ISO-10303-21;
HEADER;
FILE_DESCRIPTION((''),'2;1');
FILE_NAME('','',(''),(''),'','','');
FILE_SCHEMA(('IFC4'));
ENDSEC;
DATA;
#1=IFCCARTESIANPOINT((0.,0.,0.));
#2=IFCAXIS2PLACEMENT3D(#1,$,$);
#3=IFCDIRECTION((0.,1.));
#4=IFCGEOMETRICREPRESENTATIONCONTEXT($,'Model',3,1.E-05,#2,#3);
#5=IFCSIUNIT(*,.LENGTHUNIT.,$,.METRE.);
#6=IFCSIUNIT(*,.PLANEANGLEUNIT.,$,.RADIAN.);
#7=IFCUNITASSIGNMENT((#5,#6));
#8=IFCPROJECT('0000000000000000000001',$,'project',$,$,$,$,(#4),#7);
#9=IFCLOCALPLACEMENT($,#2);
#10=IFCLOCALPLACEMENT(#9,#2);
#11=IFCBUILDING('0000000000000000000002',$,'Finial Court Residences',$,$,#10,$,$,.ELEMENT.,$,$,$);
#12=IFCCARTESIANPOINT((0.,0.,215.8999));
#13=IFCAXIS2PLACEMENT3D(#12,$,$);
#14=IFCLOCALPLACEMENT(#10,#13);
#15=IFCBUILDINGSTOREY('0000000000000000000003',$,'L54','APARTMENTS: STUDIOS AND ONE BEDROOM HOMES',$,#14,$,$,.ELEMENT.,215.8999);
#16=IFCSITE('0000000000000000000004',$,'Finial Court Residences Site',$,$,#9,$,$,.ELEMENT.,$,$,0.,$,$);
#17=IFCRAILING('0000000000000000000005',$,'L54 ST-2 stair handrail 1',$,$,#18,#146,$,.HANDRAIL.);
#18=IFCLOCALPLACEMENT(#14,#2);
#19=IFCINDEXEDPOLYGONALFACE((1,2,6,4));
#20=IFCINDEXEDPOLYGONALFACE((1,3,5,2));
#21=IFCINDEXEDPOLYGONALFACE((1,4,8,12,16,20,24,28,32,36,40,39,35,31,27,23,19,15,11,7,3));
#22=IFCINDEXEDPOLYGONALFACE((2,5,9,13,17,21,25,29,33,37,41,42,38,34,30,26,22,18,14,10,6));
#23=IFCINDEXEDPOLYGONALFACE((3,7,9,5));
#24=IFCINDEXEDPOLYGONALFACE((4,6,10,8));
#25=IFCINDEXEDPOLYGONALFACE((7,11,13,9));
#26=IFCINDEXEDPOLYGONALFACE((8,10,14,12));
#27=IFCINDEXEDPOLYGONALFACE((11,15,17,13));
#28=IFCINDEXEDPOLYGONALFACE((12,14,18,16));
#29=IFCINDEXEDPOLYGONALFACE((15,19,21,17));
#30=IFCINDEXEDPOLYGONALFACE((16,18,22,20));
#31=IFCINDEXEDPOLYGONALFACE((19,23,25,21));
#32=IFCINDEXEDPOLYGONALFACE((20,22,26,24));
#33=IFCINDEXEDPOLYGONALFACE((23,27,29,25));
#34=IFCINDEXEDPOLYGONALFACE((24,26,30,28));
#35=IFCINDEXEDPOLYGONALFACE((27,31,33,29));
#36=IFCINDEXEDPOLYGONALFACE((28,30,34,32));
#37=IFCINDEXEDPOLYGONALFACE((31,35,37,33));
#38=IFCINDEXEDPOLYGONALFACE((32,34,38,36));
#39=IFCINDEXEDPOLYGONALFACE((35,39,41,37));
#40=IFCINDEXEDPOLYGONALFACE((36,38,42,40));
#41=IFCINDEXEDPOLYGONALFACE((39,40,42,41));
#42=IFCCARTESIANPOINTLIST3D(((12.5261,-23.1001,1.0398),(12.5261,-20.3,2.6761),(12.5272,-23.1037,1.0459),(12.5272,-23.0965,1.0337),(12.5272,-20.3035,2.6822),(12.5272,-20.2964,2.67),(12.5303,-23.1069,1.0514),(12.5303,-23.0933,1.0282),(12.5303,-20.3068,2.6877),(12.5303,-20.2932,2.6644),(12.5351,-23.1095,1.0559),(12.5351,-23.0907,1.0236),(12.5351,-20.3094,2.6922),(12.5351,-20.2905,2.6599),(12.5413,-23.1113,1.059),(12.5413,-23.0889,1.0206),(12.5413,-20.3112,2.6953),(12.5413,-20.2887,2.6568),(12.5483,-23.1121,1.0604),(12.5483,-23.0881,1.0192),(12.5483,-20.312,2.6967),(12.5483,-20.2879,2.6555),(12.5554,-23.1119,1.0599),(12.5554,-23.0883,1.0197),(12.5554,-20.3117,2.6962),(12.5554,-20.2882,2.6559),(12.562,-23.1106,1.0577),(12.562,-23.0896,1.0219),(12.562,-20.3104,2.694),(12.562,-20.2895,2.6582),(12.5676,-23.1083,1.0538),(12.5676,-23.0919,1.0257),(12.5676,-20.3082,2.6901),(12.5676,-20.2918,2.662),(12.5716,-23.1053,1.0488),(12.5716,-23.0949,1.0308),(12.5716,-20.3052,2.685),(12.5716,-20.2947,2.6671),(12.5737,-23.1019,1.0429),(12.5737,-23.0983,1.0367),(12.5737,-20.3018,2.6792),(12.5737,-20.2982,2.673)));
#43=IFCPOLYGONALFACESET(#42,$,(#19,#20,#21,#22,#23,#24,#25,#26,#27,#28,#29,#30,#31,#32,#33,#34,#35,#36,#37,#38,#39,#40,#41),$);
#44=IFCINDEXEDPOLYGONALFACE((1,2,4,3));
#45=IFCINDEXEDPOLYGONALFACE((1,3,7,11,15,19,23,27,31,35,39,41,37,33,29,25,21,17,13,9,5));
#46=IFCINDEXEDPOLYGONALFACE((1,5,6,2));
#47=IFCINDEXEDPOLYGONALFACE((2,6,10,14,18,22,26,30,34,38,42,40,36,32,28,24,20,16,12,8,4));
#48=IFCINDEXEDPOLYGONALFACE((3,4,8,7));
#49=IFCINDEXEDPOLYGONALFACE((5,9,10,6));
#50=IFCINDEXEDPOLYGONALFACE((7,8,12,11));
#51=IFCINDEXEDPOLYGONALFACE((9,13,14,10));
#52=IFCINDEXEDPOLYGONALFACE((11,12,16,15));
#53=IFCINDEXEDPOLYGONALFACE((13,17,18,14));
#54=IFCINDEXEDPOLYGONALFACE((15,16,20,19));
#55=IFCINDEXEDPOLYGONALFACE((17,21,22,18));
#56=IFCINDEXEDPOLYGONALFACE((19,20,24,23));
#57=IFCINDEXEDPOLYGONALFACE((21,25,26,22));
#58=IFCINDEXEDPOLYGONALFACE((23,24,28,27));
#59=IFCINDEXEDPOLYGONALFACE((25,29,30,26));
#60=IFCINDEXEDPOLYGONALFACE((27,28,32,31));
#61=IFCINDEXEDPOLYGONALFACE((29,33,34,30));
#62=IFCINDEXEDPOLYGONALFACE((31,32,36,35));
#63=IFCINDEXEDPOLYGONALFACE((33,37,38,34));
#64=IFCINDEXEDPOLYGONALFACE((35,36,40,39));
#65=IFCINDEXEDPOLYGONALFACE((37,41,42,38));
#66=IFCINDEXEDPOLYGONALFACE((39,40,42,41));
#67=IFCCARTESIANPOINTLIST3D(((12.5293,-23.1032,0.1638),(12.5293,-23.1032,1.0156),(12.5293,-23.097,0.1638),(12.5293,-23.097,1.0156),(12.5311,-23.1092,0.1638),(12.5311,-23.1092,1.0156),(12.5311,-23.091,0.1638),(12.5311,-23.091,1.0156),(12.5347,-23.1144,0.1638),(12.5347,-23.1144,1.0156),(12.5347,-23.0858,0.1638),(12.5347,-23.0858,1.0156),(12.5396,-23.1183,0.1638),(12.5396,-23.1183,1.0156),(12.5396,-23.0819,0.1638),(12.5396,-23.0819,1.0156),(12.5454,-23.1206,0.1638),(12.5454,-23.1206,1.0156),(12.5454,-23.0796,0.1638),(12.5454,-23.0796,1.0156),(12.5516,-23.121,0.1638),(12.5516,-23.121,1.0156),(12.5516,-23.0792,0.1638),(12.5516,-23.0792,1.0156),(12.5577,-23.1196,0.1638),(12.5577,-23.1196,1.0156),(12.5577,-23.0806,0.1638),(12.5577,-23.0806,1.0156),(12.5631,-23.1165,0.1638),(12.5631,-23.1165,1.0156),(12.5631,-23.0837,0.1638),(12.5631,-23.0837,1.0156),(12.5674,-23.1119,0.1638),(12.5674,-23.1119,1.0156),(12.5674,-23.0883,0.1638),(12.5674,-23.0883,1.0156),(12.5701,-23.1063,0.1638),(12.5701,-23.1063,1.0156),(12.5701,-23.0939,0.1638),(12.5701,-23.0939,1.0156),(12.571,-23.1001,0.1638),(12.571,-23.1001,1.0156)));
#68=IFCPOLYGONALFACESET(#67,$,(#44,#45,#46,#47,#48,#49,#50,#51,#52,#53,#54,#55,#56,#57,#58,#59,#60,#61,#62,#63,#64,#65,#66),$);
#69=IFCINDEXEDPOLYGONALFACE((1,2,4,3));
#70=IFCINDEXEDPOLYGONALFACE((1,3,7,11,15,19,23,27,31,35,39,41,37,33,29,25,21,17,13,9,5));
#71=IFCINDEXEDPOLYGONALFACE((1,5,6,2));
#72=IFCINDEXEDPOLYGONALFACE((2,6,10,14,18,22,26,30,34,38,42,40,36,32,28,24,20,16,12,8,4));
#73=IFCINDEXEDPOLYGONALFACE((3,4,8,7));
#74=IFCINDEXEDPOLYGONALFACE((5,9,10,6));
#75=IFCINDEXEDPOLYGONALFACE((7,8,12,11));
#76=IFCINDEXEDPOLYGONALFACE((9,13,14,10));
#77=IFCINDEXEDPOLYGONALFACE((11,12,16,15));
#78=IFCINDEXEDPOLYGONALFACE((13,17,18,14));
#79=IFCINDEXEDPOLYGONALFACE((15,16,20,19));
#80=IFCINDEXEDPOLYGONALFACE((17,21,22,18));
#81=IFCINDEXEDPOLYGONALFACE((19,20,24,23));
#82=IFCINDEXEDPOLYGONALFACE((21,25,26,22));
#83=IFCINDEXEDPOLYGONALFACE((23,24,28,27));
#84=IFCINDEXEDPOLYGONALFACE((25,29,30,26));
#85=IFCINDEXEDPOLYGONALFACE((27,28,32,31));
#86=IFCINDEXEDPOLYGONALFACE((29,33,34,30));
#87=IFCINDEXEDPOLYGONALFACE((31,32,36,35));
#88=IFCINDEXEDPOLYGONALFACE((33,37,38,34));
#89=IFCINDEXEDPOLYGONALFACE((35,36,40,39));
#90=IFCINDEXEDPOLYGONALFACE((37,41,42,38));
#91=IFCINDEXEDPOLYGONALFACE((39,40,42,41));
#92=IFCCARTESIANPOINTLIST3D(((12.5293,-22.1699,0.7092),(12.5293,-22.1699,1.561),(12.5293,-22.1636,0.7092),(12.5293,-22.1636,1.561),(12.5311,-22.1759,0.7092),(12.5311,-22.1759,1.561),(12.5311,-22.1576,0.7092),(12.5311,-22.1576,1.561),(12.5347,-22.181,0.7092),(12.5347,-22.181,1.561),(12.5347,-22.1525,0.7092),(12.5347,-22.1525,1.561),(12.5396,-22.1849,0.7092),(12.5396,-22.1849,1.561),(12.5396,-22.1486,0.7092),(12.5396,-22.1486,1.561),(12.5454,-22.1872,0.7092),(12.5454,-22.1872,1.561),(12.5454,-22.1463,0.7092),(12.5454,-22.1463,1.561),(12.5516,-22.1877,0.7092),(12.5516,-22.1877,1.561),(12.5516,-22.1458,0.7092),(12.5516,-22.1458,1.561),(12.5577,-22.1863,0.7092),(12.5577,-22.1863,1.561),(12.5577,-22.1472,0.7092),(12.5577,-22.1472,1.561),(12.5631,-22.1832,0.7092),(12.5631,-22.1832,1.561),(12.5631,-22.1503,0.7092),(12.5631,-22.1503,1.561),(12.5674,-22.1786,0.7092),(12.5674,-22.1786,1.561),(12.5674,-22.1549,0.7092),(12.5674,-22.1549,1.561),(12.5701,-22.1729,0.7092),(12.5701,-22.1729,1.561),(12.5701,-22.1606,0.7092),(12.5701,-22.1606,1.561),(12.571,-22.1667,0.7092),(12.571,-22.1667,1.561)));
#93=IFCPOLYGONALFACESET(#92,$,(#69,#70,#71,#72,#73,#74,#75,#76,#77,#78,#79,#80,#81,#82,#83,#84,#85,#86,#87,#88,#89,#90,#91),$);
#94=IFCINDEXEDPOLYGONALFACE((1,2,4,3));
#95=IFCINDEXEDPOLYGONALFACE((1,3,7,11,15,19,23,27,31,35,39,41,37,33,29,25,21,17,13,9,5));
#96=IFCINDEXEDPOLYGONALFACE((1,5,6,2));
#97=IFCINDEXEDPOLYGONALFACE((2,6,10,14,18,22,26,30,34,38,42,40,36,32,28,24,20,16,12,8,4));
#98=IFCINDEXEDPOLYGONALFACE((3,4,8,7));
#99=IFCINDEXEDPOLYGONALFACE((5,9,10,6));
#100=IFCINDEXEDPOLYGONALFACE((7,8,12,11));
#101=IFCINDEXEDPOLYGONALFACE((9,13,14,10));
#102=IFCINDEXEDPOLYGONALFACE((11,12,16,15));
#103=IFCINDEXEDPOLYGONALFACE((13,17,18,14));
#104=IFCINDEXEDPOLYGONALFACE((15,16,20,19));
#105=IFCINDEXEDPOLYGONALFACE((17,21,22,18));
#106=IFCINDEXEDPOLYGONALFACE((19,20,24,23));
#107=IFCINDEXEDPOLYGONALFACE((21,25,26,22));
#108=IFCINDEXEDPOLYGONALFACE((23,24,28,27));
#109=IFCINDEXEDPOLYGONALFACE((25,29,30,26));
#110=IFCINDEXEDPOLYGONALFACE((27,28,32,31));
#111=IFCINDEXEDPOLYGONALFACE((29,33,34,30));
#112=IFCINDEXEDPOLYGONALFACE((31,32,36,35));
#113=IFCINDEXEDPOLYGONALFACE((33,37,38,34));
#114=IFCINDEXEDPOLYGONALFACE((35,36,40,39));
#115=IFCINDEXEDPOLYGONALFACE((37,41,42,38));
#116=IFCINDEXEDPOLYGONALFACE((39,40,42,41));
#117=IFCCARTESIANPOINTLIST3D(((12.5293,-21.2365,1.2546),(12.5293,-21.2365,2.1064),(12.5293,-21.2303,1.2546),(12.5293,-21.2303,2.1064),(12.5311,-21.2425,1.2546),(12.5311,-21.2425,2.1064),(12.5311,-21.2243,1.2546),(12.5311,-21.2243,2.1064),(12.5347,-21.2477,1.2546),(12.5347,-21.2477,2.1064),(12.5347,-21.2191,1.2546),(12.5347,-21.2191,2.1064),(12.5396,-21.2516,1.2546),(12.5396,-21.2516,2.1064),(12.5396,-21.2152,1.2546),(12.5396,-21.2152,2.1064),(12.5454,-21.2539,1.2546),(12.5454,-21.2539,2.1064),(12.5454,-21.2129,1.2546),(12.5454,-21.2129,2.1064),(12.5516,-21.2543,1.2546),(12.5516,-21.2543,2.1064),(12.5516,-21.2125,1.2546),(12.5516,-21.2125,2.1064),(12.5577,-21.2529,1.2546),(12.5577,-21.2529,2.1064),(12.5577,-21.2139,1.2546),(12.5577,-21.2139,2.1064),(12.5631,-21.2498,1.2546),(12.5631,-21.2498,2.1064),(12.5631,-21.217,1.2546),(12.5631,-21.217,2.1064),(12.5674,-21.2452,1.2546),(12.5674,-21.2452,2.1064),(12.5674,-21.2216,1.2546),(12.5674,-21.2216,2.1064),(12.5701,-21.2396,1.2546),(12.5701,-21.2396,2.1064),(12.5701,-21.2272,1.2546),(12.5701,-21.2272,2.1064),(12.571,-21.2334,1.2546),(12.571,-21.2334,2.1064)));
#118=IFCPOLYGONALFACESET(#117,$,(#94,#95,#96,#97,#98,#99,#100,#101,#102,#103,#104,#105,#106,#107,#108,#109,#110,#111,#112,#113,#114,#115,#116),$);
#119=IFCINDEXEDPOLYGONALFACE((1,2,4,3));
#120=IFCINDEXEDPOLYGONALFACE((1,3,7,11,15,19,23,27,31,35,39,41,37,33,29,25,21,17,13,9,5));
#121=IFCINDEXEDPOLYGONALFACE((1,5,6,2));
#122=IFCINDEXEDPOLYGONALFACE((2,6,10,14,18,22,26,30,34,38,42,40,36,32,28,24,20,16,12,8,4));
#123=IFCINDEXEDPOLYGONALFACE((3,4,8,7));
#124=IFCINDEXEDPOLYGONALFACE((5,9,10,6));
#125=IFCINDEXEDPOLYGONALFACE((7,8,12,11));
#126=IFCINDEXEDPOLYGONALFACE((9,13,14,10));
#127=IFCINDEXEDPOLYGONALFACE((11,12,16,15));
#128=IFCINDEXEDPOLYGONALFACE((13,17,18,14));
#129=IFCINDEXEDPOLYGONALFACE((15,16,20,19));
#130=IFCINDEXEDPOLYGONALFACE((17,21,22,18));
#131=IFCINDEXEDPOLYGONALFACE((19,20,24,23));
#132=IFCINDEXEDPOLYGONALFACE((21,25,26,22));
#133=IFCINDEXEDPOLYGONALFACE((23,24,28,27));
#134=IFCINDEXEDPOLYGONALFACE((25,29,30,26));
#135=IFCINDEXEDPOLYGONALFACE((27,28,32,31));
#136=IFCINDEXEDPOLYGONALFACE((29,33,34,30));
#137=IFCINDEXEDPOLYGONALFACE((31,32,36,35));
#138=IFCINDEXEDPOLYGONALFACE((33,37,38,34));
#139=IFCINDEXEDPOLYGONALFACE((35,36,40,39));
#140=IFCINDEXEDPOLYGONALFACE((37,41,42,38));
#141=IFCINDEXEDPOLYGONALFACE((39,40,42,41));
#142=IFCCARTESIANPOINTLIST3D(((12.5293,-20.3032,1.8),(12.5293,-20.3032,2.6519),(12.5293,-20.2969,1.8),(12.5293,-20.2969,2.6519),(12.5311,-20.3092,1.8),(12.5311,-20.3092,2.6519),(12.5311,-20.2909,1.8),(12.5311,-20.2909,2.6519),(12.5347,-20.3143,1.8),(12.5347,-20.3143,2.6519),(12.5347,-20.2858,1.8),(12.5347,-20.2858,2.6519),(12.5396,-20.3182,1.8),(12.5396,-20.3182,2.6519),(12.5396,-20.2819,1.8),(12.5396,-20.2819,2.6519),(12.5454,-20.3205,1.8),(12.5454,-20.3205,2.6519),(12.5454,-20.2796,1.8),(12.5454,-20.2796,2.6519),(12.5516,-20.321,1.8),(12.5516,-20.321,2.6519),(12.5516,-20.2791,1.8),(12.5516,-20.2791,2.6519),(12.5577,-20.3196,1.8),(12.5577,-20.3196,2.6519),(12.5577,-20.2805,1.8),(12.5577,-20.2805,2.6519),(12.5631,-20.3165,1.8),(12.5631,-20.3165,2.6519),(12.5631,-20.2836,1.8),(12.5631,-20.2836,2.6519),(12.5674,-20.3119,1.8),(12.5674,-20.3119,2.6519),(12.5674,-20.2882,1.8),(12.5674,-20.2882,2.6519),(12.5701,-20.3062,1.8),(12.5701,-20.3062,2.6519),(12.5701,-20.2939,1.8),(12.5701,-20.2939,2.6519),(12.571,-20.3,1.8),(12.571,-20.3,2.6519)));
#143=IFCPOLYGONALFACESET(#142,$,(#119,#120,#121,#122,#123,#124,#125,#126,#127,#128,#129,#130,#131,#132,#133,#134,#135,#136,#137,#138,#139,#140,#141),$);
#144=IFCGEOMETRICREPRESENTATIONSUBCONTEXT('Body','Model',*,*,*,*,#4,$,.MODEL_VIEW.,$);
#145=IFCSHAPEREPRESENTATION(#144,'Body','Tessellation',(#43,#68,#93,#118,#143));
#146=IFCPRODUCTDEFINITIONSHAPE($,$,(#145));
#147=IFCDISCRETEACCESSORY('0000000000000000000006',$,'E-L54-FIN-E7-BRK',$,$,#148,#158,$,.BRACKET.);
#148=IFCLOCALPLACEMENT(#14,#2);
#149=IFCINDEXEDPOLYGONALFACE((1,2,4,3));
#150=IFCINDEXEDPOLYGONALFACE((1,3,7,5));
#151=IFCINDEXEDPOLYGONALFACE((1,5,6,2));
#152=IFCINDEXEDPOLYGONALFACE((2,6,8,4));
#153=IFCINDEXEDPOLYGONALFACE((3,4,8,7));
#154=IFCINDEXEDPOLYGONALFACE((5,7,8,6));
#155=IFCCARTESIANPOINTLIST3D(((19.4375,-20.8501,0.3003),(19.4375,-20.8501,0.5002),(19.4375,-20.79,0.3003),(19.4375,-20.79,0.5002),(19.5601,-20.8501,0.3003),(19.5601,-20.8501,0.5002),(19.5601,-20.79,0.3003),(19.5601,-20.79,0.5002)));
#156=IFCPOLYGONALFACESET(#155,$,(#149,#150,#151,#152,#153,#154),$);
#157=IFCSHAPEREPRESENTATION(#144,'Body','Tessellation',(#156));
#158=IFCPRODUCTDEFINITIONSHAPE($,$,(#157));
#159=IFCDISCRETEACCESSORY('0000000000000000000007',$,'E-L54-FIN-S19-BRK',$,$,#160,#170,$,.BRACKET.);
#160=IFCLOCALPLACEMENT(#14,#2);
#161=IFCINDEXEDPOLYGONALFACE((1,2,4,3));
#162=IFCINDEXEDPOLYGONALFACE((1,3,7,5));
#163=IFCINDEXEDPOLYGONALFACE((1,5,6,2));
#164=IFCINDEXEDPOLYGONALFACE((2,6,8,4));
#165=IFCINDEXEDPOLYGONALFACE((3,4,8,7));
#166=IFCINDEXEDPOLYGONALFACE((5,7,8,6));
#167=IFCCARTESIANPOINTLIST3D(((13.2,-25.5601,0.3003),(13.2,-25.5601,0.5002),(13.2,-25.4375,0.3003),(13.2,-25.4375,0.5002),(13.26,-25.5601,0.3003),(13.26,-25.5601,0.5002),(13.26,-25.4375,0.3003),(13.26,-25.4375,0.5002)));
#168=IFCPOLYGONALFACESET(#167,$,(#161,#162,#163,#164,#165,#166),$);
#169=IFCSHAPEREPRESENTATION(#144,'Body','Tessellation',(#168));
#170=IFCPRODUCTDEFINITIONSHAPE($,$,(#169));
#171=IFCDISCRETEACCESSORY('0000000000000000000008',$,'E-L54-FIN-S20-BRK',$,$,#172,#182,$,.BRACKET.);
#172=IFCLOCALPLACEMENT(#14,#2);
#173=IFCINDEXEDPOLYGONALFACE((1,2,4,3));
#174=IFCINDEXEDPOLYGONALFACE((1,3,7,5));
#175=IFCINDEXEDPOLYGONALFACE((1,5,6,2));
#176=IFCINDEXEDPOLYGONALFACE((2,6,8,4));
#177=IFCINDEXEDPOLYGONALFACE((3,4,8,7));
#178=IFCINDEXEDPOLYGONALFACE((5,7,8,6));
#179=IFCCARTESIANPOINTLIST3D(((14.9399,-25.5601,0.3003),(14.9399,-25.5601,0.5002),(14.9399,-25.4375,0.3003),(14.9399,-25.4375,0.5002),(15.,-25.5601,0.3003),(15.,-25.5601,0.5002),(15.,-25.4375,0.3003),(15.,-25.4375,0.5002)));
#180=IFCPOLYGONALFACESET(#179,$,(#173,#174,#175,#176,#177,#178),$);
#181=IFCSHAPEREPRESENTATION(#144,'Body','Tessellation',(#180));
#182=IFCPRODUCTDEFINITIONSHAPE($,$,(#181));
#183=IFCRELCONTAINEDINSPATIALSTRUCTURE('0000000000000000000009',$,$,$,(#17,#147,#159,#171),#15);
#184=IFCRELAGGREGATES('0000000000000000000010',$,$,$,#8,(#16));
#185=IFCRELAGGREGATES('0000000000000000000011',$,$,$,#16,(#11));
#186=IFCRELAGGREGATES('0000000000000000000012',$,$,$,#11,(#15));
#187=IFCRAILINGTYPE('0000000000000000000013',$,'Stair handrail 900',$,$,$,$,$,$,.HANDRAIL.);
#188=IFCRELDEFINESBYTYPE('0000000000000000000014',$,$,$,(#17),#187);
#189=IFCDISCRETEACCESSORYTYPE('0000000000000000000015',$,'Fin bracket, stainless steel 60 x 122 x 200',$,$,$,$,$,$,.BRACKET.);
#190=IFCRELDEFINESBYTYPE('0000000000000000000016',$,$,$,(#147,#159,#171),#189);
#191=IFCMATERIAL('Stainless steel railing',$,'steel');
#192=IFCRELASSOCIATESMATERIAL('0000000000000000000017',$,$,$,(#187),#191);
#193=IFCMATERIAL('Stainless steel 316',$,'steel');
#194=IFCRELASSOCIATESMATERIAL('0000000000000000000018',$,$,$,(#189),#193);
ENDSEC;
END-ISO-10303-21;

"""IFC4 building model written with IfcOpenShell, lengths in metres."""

from ifc_helpers import new_model, si_unit, direction, frame, origin, origin_2d, place, context, subcontext, project, spatial, rectangle, circle, extrude, material, type_object, element, save


model = new_model("IFC4")

# Units and contexts
model_context = context("Model", 3, precision=1e-05, world=origin(), true_north=direction((0.0, 1.0)))
body_context = subcontext(model_context, "Body", "Model", "MODEL_VIEW")
ifc_project = project(units=[si_unit("LENGTHUNIT", "METRE"), si_unit("PLANEANGLEUNIT", "RADIAN")], contexts=[model_context])

# Site, building, storey
site_placement = place(None, origin())
site = spatial("IfcSite", under=ifc_project, at=site_placement, Name="Finial Court Residences Site", CompositionType="ELEMENT", RefElevation=0.0)
building_placement = place(site_placement, origin())
building = spatial("IfcBuilding", under=site, at=building_placement, Name="Finial Court Residences", CompositionType="ELEMENT")
storey_placement = place(building_placement, frame((0.0, 0.0, 215.8999)))
storey = spatial("IfcBuildingStorey", under=building, at=storey_placement, Name="L54", Description="APARTMENTS: STUDIOS AND ONE BEDROOM HOMES", CompositionType="ELEMENT", Elevation=215.8999)

# Railing
ifc_material_1 = material(Name="Stainless steel railing", Category="steel")
railing_type = type_object("IfcRailingType", Name="Stair handrail 900", PredefinedType="HANDRAIL", material=ifc_material_1)
railing_placement = place(storey_placement, frame((12.55, -23.1001, 0.1638)))
element("IfcRailing", 1, at=railing_placement, inside=storey, type_object=railing_type, Name="L54 ST-2 stair handrail 1", PredefinedType="HANDRAIL", context=body_context, shape_type="SweptSolid", body=[
    extrude(circle(Radius=0.0239, at=origin_2d()), frame((0.0, 0.0, 0.876), z_axis=(0.0, 0.863394, 0.504531), x_axis=(-1.0, 0.0, 0.0)), (0.0, 0.0, 1.0), 3.2432),
    extrude(circle(Radius=0.021, at=origin_2d()), origin(), (0.0, 0.0, 1.0), 0.8518),
    extrude(circle(Radius=0.021, at=origin_2d()), frame((0.0, 0.9333, 0.5454)), (0.0, 0.0, 1.0), 0.8518),
    extrude(circle(Radius=0.021, at=origin_2d()), frame((0.0, 1.8667, 1.0908)), (0.0, 0.0, 1.0), 0.8518),
    extrude(circle(Radius=0.021, at=origin_2d()), frame((0.0, 2.8, 1.6362)), (0.0, 0.0, 1.0), 0.8518),
])

# Discrete accessories
ifc_material_2 = material(Name="Stainless steel 316", Category="steel")
discrete_accessory_type = type_object("IfcDiscreteAccessoryType", Name="Fin bracket, stainless steel 60 x 122 x 200", PredefinedType="BRACKET", material=ifc_material_2)
discrete_accessory_placement = place(storey_placement, frame((19.4988, -20.8201, 0.3003), z_axis=(0.0, 0.0, 1.0), x_axis=(1.0, 0.0, 0.0)))
element("IfcDiscreteAccessory", 2, at=discrete_accessory_placement, inside=storey, type_object=discrete_accessory_type, Name="E-L54-FIN-E7-BRK", PredefinedType="BRACKET", context=body_context, shape_type="SweptSolid", body=[
    extrude(rectangle(XDim=0.1226, YDim=0.0601, at=origin_2d()), origin(), (0.0, 0.0, 1.0), 0.2),
])
for number, where, z_axis, x_axis, name in (
    (3, (13.23, -25.4988, 0.3003), (0.0, 0.0, 1.0), (1.0, 0.0, 0.0), "E-L54-FIN-S19-BRK"),
    (4, (14.97, -25.4988, 0.3003), (0.0, 0.0, 1.0), (1.0, 0.0, 0.0), "E-L54-FIN-S20-BRK"),
):
    element("IfcDiscreteAccessory", number, at=place(storey_placement, frame(where, z_axis=z_axis, x_axis=x_axis)), inside=storey, type_object=discrete_accessory_type, Name=name, PredefinedType="BRACKET", context=body_context, shape_type="SweptSolid", body=[
        extrude(rectangle(XDim=0.0601, YDim=0.1226, at=origin_2d()), origin(), (0.0, 0.0, 1.0), 0.2),
    ])

save(model, "model.ifc")
